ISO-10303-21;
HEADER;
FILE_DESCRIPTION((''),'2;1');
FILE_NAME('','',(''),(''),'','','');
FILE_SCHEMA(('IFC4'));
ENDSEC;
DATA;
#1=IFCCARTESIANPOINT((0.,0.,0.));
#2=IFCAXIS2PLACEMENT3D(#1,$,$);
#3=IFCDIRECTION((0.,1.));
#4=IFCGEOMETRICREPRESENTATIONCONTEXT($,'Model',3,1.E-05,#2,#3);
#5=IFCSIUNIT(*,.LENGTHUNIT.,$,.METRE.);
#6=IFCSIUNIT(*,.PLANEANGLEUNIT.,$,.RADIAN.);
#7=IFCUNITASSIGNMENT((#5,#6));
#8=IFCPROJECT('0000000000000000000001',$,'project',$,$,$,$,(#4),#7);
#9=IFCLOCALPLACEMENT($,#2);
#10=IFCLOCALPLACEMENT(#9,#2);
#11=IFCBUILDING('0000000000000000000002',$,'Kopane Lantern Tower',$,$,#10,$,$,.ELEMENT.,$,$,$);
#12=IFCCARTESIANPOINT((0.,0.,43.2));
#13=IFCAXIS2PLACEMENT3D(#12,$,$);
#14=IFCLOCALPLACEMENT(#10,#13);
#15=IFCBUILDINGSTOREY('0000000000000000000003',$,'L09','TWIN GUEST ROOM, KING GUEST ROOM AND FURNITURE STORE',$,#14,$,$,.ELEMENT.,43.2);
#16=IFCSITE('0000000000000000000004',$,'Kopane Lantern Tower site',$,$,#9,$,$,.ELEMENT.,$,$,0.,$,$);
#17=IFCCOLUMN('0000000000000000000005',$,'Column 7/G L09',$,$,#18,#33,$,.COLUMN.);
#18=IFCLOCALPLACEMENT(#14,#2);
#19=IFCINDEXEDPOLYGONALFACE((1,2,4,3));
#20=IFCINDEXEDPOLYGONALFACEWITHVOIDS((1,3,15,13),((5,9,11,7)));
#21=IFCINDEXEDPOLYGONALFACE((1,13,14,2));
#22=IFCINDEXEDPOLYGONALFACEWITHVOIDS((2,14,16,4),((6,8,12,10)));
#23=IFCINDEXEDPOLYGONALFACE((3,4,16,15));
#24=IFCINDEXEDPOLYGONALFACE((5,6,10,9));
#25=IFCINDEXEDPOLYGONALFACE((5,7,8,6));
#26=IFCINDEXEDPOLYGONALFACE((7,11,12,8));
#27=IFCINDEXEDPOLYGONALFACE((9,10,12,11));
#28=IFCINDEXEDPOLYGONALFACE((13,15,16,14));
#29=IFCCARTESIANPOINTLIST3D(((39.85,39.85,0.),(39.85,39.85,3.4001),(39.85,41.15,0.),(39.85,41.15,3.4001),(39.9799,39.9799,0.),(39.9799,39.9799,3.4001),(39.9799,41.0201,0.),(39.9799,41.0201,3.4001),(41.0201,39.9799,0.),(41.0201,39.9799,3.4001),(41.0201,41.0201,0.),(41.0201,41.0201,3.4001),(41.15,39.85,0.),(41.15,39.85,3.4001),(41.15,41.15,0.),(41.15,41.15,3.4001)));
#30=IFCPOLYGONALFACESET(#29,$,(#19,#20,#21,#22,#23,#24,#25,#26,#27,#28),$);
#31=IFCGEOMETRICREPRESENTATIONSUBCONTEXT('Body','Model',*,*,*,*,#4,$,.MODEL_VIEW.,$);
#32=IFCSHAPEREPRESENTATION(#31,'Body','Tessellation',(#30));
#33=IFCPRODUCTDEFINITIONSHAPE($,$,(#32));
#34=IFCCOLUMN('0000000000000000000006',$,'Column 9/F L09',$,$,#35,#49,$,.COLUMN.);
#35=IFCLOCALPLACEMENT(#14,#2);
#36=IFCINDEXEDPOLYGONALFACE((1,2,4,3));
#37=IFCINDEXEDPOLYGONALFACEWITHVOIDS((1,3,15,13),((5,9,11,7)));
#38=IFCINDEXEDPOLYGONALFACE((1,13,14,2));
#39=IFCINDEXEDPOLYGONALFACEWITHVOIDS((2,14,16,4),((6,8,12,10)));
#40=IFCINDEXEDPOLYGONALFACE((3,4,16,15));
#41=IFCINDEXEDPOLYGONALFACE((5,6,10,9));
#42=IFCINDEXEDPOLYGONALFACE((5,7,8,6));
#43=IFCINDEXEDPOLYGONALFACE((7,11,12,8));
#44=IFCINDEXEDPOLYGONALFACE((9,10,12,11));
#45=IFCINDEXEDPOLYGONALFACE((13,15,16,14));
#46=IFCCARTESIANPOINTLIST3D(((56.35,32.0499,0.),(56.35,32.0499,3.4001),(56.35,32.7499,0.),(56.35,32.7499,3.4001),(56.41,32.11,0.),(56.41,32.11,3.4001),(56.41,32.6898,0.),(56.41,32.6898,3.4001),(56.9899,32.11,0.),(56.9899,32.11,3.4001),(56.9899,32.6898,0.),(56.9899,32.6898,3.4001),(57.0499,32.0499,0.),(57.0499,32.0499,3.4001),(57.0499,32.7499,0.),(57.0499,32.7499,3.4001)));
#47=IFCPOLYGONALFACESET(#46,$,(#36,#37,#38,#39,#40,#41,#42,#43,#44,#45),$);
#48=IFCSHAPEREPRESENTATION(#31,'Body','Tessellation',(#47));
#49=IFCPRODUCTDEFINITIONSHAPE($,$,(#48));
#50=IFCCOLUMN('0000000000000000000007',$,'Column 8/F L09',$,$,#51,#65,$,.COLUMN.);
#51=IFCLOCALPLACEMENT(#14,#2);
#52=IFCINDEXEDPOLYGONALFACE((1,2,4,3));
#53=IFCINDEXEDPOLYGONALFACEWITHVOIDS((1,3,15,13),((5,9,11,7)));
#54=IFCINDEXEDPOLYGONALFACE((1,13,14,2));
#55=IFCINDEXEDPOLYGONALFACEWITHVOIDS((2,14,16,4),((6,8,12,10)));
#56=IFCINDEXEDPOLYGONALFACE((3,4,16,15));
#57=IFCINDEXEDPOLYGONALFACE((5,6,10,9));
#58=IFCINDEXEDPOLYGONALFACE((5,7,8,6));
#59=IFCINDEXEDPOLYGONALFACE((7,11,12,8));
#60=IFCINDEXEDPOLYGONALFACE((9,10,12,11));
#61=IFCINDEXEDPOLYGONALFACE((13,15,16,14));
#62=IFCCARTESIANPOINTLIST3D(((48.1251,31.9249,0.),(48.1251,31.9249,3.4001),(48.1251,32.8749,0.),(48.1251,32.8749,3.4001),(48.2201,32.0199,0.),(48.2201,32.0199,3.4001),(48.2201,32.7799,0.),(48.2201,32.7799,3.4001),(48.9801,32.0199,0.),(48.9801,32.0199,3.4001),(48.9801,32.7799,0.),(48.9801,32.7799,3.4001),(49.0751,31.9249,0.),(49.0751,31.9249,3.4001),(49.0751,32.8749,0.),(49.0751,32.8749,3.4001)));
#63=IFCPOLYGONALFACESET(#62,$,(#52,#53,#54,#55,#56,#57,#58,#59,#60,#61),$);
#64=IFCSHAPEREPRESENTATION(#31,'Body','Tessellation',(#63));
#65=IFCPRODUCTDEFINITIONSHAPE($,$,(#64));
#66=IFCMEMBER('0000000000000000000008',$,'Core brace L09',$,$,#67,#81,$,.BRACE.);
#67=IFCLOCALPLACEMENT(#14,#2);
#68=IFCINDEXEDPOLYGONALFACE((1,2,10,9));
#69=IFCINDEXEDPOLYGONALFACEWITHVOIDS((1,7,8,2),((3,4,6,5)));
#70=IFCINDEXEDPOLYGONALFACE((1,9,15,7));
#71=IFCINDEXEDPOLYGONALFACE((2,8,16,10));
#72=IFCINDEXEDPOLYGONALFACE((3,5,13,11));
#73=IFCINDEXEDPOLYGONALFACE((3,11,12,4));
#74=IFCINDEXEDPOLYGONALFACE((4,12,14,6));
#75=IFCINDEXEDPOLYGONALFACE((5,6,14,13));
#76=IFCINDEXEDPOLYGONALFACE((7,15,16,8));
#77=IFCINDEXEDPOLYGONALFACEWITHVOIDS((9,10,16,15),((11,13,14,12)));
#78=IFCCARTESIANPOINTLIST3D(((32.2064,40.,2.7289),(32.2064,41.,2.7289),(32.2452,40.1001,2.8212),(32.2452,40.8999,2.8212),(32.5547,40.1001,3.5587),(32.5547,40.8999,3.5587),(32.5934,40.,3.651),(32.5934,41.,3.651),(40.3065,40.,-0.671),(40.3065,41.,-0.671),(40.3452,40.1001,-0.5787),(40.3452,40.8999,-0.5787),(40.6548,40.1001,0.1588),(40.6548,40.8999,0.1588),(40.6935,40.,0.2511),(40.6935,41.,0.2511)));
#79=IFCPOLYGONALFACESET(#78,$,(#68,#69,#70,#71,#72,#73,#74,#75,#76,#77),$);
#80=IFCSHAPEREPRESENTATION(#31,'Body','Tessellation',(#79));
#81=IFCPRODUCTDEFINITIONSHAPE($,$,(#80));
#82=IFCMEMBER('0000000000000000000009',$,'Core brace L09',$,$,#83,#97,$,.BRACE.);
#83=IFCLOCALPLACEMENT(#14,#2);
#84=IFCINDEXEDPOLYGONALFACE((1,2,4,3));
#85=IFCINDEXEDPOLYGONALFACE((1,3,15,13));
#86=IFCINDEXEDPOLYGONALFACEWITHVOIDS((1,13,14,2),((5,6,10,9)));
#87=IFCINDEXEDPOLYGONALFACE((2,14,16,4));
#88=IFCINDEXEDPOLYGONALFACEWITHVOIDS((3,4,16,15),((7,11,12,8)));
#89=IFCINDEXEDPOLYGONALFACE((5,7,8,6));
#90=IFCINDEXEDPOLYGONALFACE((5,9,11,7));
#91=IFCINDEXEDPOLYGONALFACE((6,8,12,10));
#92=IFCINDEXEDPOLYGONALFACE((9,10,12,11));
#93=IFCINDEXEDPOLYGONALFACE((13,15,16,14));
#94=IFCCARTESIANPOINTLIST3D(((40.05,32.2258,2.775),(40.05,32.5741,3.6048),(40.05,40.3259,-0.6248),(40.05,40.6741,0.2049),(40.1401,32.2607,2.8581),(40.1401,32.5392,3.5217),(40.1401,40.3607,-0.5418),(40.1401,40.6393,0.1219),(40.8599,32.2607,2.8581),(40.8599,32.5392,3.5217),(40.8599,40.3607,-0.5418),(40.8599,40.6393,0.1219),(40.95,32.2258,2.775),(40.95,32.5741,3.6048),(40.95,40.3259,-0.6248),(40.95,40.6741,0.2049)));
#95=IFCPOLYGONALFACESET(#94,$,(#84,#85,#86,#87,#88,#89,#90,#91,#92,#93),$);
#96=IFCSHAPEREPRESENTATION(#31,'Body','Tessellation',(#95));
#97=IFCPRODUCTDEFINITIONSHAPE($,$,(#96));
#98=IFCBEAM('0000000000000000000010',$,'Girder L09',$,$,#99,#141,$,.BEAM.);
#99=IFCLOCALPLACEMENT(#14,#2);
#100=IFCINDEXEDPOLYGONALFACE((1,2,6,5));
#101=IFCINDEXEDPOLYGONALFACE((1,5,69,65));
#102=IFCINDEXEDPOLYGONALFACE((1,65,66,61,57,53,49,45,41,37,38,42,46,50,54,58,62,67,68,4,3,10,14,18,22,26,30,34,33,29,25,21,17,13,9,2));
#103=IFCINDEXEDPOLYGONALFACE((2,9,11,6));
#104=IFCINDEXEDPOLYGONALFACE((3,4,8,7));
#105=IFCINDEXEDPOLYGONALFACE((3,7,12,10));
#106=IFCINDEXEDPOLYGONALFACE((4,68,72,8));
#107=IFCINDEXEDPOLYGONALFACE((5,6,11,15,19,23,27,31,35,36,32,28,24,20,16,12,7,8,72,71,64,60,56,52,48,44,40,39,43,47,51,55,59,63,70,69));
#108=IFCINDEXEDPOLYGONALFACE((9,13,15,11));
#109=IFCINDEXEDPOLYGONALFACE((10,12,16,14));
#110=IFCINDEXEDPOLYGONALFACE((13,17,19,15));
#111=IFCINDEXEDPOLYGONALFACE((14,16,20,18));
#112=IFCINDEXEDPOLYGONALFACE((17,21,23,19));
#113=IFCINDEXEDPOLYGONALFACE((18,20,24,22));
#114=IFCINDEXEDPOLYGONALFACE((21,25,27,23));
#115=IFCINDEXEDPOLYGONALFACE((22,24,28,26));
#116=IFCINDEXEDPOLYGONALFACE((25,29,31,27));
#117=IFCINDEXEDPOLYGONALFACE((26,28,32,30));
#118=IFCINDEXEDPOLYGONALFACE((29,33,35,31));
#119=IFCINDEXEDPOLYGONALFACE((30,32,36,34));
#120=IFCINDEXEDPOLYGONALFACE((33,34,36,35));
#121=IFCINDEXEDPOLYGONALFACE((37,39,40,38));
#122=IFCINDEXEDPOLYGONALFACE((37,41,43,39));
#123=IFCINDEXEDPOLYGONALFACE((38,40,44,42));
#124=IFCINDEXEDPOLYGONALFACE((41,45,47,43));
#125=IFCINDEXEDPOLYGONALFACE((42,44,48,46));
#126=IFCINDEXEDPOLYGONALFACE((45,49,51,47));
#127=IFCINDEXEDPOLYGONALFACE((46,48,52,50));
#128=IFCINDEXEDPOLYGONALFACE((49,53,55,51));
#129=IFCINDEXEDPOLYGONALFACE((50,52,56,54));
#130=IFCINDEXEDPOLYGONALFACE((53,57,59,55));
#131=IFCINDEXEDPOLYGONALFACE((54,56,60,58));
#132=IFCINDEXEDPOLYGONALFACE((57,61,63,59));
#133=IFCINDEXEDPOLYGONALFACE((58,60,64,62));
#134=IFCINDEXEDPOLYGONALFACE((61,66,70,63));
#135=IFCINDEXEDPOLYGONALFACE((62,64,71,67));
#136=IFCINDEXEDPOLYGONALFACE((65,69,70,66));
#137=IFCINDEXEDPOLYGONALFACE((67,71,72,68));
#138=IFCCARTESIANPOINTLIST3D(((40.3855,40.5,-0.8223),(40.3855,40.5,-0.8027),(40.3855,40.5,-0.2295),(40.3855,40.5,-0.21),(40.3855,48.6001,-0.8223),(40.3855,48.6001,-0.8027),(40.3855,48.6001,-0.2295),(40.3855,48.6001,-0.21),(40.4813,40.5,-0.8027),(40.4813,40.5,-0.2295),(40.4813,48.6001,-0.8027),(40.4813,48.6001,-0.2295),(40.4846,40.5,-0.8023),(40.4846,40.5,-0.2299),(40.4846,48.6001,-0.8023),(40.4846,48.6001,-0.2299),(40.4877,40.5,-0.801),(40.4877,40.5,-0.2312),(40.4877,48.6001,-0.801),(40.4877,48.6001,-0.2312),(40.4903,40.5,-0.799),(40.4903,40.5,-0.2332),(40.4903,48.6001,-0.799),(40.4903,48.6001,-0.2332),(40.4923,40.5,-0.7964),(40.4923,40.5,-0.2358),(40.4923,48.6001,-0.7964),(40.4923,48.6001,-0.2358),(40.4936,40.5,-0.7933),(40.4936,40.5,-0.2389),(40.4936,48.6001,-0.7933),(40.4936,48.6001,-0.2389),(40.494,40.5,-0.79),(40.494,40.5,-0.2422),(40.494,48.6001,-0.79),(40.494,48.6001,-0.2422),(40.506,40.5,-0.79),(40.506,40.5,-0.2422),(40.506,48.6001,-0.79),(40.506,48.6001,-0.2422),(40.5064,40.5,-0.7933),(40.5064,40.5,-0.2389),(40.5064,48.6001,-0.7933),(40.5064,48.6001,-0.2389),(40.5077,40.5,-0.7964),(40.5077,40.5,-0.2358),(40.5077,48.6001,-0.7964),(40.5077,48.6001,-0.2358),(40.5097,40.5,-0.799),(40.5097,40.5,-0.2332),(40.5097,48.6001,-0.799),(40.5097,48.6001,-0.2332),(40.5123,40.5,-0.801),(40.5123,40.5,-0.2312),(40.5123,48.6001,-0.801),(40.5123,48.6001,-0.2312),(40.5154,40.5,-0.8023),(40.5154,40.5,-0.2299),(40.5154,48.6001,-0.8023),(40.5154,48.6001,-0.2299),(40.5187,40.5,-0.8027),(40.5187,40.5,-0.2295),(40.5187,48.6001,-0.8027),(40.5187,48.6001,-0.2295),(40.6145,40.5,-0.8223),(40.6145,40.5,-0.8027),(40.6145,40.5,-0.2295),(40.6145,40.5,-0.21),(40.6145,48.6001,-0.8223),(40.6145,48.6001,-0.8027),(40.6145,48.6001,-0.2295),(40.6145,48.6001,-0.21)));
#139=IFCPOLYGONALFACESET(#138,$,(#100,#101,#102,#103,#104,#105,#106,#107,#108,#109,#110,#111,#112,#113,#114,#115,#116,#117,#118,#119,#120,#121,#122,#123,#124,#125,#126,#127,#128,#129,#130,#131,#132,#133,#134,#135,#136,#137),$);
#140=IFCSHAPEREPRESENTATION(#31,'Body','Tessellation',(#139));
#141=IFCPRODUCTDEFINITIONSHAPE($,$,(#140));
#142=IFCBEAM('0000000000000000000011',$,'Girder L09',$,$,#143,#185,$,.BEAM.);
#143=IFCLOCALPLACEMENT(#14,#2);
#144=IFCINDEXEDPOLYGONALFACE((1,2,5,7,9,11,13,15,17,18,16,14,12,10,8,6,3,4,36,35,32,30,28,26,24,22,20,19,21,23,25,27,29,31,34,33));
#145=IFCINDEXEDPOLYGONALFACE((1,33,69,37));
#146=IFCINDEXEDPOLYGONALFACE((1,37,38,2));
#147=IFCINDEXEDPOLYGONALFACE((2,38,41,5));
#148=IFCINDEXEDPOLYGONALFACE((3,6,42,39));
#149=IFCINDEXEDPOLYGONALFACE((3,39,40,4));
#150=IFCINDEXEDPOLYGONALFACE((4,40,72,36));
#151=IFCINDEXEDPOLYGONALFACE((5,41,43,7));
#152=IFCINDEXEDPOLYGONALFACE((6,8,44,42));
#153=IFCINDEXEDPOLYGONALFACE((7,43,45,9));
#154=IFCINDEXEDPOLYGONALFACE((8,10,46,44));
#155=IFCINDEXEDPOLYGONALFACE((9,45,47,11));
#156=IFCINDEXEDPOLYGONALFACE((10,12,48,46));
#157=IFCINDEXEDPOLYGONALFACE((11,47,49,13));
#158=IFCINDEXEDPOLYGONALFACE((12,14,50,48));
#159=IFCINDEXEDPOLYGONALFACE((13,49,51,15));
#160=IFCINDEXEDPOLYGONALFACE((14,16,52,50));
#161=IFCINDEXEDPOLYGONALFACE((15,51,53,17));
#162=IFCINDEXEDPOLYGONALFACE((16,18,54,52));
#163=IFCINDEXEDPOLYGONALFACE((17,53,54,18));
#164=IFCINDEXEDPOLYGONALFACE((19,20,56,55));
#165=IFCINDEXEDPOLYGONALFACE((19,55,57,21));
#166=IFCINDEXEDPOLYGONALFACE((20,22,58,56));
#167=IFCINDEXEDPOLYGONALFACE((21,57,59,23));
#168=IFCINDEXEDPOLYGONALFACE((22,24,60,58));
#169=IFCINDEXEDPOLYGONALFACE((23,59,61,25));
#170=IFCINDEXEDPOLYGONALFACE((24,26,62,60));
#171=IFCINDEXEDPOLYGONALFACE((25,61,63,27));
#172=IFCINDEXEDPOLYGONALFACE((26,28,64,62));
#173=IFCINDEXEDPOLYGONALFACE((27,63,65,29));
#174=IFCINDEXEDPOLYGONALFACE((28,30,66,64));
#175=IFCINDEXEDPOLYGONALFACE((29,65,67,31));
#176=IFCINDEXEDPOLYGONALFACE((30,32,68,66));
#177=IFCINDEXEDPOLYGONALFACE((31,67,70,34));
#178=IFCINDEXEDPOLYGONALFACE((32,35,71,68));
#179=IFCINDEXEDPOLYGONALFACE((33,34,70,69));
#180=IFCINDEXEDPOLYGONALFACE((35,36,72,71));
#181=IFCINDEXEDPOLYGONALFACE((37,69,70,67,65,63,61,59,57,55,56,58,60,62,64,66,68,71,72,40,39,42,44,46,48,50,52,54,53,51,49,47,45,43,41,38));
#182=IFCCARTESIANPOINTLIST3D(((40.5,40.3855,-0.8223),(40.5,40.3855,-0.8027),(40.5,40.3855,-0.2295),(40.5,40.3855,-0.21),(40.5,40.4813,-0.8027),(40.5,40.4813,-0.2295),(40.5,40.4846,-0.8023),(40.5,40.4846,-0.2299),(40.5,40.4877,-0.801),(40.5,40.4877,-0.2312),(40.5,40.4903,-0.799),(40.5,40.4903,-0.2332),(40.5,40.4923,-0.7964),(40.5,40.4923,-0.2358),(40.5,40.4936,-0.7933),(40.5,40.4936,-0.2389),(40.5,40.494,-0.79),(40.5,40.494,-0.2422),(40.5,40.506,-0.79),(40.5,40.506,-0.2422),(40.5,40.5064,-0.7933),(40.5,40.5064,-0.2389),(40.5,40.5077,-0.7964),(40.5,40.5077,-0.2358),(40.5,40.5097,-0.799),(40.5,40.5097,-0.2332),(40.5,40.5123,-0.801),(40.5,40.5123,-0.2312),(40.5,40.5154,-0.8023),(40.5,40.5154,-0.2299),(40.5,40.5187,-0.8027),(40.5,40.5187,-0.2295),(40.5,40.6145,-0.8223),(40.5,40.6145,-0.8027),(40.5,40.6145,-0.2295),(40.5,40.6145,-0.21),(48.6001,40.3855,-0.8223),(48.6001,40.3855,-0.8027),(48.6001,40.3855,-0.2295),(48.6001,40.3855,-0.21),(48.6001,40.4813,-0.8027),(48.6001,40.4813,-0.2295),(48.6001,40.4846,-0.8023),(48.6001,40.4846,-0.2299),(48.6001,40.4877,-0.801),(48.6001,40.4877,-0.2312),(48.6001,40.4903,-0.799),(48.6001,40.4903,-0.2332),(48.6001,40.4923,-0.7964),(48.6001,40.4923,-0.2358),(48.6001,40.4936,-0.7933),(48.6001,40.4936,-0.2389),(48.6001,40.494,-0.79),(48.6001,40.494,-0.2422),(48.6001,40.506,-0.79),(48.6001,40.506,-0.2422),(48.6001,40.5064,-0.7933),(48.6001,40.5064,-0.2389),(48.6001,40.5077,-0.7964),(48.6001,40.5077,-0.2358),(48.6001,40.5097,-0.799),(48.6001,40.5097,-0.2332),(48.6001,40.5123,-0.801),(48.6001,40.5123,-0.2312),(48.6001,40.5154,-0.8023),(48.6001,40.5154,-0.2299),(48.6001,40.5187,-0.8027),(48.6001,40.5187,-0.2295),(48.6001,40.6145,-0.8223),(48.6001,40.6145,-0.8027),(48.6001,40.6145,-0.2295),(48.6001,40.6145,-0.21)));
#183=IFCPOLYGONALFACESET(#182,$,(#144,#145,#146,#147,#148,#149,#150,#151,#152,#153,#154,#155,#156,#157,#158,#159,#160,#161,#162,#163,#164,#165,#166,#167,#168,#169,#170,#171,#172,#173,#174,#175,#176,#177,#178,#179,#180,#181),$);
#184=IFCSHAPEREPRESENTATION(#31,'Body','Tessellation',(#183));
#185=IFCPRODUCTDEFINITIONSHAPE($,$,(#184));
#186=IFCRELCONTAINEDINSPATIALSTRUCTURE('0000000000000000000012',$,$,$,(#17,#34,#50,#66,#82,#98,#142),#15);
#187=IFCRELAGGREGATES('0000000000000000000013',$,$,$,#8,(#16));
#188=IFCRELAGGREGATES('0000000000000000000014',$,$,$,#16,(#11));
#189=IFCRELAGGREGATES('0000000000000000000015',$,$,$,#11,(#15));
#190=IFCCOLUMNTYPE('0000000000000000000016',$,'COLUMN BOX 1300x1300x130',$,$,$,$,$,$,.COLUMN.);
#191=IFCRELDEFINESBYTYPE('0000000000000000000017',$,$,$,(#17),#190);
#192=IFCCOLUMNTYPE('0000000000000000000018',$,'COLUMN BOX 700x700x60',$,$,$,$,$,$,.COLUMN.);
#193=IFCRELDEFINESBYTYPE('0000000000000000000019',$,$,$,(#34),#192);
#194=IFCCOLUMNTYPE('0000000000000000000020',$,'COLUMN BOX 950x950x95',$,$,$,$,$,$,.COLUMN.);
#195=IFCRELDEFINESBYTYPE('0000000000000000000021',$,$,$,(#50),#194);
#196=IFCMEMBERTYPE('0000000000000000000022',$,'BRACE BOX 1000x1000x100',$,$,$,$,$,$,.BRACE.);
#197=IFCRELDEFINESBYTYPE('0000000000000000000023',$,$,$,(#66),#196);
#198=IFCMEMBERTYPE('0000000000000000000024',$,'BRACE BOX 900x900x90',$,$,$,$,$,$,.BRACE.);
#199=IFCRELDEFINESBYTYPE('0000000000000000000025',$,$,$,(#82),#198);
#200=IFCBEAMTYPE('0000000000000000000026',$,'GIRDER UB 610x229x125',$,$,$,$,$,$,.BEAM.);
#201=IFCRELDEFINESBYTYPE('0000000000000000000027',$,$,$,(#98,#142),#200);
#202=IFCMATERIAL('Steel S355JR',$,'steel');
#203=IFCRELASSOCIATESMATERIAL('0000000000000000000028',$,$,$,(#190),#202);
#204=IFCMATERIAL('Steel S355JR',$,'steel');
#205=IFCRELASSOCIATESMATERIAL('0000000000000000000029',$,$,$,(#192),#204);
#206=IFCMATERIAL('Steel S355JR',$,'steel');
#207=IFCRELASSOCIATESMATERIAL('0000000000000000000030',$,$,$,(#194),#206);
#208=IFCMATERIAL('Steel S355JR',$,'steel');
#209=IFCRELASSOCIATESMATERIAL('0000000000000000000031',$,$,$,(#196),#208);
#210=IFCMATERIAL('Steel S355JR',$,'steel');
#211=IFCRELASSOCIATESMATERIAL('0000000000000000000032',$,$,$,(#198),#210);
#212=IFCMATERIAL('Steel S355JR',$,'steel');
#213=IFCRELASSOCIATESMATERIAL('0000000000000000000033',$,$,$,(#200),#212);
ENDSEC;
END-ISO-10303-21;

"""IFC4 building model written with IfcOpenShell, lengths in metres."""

from ifc_helpers import new_model, si_unit, direction, frame, origin, origin_2d, place, context, subcontext, project, spatial, hollow_rectangle, i_section, extrude, material, material_profile, profile_set, type_object, element, save


model = new_model("IFC4")

# Units and contexts
model_context = context("Model", 3, precision=1e-05, world=origin(), true_north=direction((0.0, 1.0)))
body_context = subcontext(model_context, "Body", "Model", "MODEL_VIEW")
ifc_project = project(units=[si_unit("LENGTHUNIT", "METRE"), si_unit("PLANEANGLEUNIT", "RADIAN")], contexts=[model_context])

# Site, building, storey
site_placement = place(None, origin())
site = spatial("IfcSite", under=ifc_project, at=site_placement, Name="Kopane Lantern Tower site", CompositionType="ELEMENT", RefElevation=0.0)
building_placement = place(site_placement, origin())
building = spatial("IfcBuilding", under=site, at=building_placement, Name="Kopane Lantern Tower", CompositionType="ELEMENT")
storey_placement = place(building_placement, frame((0.0, 0.0, 43.2)))
storey = spatial("IfcBuildingStorey", under=building, at=storey_placement, Name="L09", Description="TWIN GUEST ROOM, KING GUEST ROOM AND FURNITURE STORE", CompositionType="ELEMENT", Elevation=43.2)

# Columns
ifc_material_1 = material(Name="Steel S355JR", Category="steel")
ifc_material_profile_1 = material_profile(ifc_material_1, hollow_rectangle(XDim=1.3, YDim=1.3, WallThickness=0.1299, at=origin_2d()), Name="BOX 1300x1300x130")
ifc_profile_set_1 = profile_set([ifc_material_profile_1], Name="Steel S355JR")
column_type_1 = type_object("IfcColumnType", Name="COLUMN BOX 1300x1300x130", PredefinedType="COLUMN", material=ifc_profile_set_1)
column_1_placement = place(storey_placement, frame((40.5, 40.5, 0.0), z_axis=(0.0, 0.0, 1.0), x_axis=(1.0, 0.0, 0.0)))
element("IfcColumn", 1, at=column_1_placement, inside=storey, type_object=column_type_1, Name="Column 7/G L09", PredefinedType="COLUMN", context=body_context, shape_type="SweptSolid", body=[
    extrude(hollow_rectangle(XDim=1.3, YDim=1.3, WallThickness=0.1299, at=origin_2d()), origin(), (0.0, 0.0, 1.0), 3.4001),
])
ifc_material_2 = material(Name="Steel S355JR", Category="steel")
ifc_material_profile_2 = material_profile(ifc_material_2, hollow_rectangle(XDim=0.7, YDim=0.7, WallThickness=0.0601, at=origin_2d()), Name="BOX 700x700x60")
ifc_profile_set_2 = profile_set([ifc_material_profile_2], Name="Steel S355JR")
column_type_2 = type_object("IfcColumnType", Name="COLUMN BOX 700x700x60", PredefinedType="COLUMN", material=ifc_profile_set_2)
column_2_placement = place(storey_placement, frame((56.7, 32.3999, 0.0), z_axis=(0.0, 0.0, 1.0), x_axis=(1.0, 0.0, 0.0)))
element("IfcColumn", 2, at=column_2_placement, inside=storey, type_object=column_type_2, Name="Column 9/F L09", PredefinedType="COLUMN", context=body_context, shape_type="SweptSolid", body=[
    extrude(hollow_rectangle(XDim=0.7, YDim=0.7, WallThickness=0.0601, at=origin_2d()), origin(), (0.0, 0.0, 1.0), 3.4001),
])
ifc_material_3 = material(Name="Steel S355JR", Category="steel")
ifc_material_profile_3 = material_profile(ifc_material_3, hollow_rectangle(XDim=0.95, YDim=0.95, WallThickness=0.095, at=origin_2d()), Name="BOX 950x950x95")
ifc_profile_set_3 = profile_set([ifc_material_profile_3], Name="Steel S355JR")
column_type_3 = type_object("IfcColumnType", Name="COLUMN BOX 950x950x95", PredefinedType="COLUMN", material=ifc_profile_set_3)
column_3_placement = place(storey_placement, frame((48.6001, 32.3999, 0.0), z_axis=(0.0, 0.0, 1.0), x_axis=(1.0, 0.0, 0.0)))
element("IfcColumn", 3, at=column_3_placement, inside=storey, type_object=column_type_3, Name="Column 8/F L09", PredefinedType="COLUMN", context=body_context, shape_type="SweptSolid", body=[
    extrude(hollow_rectangle(XDim=0.95, YDim=0.95, WallThickness=0.095, at=origin_2d()), origin(), (0.0, 0.0, 1.0), 3.4001),
])

# Members
ifc_material_4 = material(Name="Steel S355JR", Category="steel")
ifc_material_profile_4 = material_profile(ifc_material_4, hollow_rectangle(XDim=1.0, YDim=1.0, WallThickness=0.1001, at=origin_2d()), Name="BOX 1000x1000x100")
ifc_profile_set_4 = profile_set([ifc_material_profile_4], Name="Steel S355JR")
member_type_1 = type_object("IfcMemberType", Name="BRACE BOX 1000x1000x100", PredefinedType="BRACE", material=ifc_profile_set_4)
member_1_placement = place(storey_placement, frame((40.5, 40.5, -0.21), z_axis=(-0.922069, 0.0, 0.387026), x_axis=(0.0, -1.0, 0.0)))
element("IfcMember", 4, at=member_1_placement, inside=storey, type_object=member_type_1, Name="Core brace L09", PredefinedType="BRACE", context=body_context, shape_type="SweptSolid", body=[
    extrude(hollow_rectangle(XDim=1.0, YDim=1.0, WallThickness=0.1001, at=origin_2d()), origin(), (0.0, 0.0, 1.0), 8.7847),
])
ifc_material_5 = material(Name="Steel S355JR", Category="steel")
ifc_material_profile_5 = material_profile(ifc_material_5, hollow_rectangle(XDim=0.8999, YDim=0.8999, WallThickness=0.0901, at=origin_2d()), Name="BOX 900x900x90")
ifc_profile_set_5 = profile_set([ifc_material_profile_5], Name="Steel S355JR")
member_type_2 = type_object("IfcMemberType", Name="BRACE BOX 900x900x90", PredefinedType="BRACE", material=ifc_profile_set_5)
member_2_placement = place(storey_placement, frame((40.5, 40.5, -0.21), z_axis=(0.0, -0.922069, 0.387026), x_axis=(1.0, 0.0, 0.0)))
element("IfcMember", 5, at=member_2_placement, inside=storey, type_object=member_type_2, Name="Core brace L09", PredefinedType="BRACE", context=body_context, shape_type="SweptSolid", body=[
    extrude(hollow_rectangle(XDim=0.8999, YDim=0.8999, WallThickness=0.0901, at=origin_2d()), origin(), (0.0, 0.0, 1.0), 8.7847),
])

# Beams
ifc_material_6 = material(Name="Steel S355JR", Category="steel")
ifc_material_profile_6 = material_profile(ifc_material_6, i_section(OverallWidth=0.229, OverallDepth=0.6123, WebThickness=0.012, FlangeThickness=0.0195, FilletRadius=0.0127, at=origin_2d()), Name="UB 610x229x125")
ifc_profile_set_6 = profile_set([ifc_material_profile_6], Name="Steel S355JR")
beam_type = type_object("IfcBeamType", Name="GIRDER UB 610x229x125", PredefinedType="BEAM", material=ifc_profile_set_6)
for number, where, z_axis, x_axis, name in (
    (6, (40.5, 40.5, -0.5161), (0.0, 1.0, 0.0), (-1.0, 0.0, 0.0), "Girder L09"),
    (7, (40.5, 40.5, -0.5161), (1.0, 0.0, 0.0), (0.0, 1.0, 0.0), "Girder L09"),
):
    element("IfcBeam", number, at=place(storey_placement, frame(where, z_axis=z_axis, x_axis=x_axis)), inside=storey, type_object=beam_type, Name=name, PredefinedType="BEAM", context=body_context, shape_type="SweptSolid", body=[
        extrude(i_section(OverallWidth=0.229, OverallDepth=0.6123, WebThickness=0.012, FlangeThickness=0.0195, FilletRadius=0.0127, at=origin_2d()), origin(), (0.0, 0.0, 1.0), 8.1001),
    ])

save(model, "model.ifc")
